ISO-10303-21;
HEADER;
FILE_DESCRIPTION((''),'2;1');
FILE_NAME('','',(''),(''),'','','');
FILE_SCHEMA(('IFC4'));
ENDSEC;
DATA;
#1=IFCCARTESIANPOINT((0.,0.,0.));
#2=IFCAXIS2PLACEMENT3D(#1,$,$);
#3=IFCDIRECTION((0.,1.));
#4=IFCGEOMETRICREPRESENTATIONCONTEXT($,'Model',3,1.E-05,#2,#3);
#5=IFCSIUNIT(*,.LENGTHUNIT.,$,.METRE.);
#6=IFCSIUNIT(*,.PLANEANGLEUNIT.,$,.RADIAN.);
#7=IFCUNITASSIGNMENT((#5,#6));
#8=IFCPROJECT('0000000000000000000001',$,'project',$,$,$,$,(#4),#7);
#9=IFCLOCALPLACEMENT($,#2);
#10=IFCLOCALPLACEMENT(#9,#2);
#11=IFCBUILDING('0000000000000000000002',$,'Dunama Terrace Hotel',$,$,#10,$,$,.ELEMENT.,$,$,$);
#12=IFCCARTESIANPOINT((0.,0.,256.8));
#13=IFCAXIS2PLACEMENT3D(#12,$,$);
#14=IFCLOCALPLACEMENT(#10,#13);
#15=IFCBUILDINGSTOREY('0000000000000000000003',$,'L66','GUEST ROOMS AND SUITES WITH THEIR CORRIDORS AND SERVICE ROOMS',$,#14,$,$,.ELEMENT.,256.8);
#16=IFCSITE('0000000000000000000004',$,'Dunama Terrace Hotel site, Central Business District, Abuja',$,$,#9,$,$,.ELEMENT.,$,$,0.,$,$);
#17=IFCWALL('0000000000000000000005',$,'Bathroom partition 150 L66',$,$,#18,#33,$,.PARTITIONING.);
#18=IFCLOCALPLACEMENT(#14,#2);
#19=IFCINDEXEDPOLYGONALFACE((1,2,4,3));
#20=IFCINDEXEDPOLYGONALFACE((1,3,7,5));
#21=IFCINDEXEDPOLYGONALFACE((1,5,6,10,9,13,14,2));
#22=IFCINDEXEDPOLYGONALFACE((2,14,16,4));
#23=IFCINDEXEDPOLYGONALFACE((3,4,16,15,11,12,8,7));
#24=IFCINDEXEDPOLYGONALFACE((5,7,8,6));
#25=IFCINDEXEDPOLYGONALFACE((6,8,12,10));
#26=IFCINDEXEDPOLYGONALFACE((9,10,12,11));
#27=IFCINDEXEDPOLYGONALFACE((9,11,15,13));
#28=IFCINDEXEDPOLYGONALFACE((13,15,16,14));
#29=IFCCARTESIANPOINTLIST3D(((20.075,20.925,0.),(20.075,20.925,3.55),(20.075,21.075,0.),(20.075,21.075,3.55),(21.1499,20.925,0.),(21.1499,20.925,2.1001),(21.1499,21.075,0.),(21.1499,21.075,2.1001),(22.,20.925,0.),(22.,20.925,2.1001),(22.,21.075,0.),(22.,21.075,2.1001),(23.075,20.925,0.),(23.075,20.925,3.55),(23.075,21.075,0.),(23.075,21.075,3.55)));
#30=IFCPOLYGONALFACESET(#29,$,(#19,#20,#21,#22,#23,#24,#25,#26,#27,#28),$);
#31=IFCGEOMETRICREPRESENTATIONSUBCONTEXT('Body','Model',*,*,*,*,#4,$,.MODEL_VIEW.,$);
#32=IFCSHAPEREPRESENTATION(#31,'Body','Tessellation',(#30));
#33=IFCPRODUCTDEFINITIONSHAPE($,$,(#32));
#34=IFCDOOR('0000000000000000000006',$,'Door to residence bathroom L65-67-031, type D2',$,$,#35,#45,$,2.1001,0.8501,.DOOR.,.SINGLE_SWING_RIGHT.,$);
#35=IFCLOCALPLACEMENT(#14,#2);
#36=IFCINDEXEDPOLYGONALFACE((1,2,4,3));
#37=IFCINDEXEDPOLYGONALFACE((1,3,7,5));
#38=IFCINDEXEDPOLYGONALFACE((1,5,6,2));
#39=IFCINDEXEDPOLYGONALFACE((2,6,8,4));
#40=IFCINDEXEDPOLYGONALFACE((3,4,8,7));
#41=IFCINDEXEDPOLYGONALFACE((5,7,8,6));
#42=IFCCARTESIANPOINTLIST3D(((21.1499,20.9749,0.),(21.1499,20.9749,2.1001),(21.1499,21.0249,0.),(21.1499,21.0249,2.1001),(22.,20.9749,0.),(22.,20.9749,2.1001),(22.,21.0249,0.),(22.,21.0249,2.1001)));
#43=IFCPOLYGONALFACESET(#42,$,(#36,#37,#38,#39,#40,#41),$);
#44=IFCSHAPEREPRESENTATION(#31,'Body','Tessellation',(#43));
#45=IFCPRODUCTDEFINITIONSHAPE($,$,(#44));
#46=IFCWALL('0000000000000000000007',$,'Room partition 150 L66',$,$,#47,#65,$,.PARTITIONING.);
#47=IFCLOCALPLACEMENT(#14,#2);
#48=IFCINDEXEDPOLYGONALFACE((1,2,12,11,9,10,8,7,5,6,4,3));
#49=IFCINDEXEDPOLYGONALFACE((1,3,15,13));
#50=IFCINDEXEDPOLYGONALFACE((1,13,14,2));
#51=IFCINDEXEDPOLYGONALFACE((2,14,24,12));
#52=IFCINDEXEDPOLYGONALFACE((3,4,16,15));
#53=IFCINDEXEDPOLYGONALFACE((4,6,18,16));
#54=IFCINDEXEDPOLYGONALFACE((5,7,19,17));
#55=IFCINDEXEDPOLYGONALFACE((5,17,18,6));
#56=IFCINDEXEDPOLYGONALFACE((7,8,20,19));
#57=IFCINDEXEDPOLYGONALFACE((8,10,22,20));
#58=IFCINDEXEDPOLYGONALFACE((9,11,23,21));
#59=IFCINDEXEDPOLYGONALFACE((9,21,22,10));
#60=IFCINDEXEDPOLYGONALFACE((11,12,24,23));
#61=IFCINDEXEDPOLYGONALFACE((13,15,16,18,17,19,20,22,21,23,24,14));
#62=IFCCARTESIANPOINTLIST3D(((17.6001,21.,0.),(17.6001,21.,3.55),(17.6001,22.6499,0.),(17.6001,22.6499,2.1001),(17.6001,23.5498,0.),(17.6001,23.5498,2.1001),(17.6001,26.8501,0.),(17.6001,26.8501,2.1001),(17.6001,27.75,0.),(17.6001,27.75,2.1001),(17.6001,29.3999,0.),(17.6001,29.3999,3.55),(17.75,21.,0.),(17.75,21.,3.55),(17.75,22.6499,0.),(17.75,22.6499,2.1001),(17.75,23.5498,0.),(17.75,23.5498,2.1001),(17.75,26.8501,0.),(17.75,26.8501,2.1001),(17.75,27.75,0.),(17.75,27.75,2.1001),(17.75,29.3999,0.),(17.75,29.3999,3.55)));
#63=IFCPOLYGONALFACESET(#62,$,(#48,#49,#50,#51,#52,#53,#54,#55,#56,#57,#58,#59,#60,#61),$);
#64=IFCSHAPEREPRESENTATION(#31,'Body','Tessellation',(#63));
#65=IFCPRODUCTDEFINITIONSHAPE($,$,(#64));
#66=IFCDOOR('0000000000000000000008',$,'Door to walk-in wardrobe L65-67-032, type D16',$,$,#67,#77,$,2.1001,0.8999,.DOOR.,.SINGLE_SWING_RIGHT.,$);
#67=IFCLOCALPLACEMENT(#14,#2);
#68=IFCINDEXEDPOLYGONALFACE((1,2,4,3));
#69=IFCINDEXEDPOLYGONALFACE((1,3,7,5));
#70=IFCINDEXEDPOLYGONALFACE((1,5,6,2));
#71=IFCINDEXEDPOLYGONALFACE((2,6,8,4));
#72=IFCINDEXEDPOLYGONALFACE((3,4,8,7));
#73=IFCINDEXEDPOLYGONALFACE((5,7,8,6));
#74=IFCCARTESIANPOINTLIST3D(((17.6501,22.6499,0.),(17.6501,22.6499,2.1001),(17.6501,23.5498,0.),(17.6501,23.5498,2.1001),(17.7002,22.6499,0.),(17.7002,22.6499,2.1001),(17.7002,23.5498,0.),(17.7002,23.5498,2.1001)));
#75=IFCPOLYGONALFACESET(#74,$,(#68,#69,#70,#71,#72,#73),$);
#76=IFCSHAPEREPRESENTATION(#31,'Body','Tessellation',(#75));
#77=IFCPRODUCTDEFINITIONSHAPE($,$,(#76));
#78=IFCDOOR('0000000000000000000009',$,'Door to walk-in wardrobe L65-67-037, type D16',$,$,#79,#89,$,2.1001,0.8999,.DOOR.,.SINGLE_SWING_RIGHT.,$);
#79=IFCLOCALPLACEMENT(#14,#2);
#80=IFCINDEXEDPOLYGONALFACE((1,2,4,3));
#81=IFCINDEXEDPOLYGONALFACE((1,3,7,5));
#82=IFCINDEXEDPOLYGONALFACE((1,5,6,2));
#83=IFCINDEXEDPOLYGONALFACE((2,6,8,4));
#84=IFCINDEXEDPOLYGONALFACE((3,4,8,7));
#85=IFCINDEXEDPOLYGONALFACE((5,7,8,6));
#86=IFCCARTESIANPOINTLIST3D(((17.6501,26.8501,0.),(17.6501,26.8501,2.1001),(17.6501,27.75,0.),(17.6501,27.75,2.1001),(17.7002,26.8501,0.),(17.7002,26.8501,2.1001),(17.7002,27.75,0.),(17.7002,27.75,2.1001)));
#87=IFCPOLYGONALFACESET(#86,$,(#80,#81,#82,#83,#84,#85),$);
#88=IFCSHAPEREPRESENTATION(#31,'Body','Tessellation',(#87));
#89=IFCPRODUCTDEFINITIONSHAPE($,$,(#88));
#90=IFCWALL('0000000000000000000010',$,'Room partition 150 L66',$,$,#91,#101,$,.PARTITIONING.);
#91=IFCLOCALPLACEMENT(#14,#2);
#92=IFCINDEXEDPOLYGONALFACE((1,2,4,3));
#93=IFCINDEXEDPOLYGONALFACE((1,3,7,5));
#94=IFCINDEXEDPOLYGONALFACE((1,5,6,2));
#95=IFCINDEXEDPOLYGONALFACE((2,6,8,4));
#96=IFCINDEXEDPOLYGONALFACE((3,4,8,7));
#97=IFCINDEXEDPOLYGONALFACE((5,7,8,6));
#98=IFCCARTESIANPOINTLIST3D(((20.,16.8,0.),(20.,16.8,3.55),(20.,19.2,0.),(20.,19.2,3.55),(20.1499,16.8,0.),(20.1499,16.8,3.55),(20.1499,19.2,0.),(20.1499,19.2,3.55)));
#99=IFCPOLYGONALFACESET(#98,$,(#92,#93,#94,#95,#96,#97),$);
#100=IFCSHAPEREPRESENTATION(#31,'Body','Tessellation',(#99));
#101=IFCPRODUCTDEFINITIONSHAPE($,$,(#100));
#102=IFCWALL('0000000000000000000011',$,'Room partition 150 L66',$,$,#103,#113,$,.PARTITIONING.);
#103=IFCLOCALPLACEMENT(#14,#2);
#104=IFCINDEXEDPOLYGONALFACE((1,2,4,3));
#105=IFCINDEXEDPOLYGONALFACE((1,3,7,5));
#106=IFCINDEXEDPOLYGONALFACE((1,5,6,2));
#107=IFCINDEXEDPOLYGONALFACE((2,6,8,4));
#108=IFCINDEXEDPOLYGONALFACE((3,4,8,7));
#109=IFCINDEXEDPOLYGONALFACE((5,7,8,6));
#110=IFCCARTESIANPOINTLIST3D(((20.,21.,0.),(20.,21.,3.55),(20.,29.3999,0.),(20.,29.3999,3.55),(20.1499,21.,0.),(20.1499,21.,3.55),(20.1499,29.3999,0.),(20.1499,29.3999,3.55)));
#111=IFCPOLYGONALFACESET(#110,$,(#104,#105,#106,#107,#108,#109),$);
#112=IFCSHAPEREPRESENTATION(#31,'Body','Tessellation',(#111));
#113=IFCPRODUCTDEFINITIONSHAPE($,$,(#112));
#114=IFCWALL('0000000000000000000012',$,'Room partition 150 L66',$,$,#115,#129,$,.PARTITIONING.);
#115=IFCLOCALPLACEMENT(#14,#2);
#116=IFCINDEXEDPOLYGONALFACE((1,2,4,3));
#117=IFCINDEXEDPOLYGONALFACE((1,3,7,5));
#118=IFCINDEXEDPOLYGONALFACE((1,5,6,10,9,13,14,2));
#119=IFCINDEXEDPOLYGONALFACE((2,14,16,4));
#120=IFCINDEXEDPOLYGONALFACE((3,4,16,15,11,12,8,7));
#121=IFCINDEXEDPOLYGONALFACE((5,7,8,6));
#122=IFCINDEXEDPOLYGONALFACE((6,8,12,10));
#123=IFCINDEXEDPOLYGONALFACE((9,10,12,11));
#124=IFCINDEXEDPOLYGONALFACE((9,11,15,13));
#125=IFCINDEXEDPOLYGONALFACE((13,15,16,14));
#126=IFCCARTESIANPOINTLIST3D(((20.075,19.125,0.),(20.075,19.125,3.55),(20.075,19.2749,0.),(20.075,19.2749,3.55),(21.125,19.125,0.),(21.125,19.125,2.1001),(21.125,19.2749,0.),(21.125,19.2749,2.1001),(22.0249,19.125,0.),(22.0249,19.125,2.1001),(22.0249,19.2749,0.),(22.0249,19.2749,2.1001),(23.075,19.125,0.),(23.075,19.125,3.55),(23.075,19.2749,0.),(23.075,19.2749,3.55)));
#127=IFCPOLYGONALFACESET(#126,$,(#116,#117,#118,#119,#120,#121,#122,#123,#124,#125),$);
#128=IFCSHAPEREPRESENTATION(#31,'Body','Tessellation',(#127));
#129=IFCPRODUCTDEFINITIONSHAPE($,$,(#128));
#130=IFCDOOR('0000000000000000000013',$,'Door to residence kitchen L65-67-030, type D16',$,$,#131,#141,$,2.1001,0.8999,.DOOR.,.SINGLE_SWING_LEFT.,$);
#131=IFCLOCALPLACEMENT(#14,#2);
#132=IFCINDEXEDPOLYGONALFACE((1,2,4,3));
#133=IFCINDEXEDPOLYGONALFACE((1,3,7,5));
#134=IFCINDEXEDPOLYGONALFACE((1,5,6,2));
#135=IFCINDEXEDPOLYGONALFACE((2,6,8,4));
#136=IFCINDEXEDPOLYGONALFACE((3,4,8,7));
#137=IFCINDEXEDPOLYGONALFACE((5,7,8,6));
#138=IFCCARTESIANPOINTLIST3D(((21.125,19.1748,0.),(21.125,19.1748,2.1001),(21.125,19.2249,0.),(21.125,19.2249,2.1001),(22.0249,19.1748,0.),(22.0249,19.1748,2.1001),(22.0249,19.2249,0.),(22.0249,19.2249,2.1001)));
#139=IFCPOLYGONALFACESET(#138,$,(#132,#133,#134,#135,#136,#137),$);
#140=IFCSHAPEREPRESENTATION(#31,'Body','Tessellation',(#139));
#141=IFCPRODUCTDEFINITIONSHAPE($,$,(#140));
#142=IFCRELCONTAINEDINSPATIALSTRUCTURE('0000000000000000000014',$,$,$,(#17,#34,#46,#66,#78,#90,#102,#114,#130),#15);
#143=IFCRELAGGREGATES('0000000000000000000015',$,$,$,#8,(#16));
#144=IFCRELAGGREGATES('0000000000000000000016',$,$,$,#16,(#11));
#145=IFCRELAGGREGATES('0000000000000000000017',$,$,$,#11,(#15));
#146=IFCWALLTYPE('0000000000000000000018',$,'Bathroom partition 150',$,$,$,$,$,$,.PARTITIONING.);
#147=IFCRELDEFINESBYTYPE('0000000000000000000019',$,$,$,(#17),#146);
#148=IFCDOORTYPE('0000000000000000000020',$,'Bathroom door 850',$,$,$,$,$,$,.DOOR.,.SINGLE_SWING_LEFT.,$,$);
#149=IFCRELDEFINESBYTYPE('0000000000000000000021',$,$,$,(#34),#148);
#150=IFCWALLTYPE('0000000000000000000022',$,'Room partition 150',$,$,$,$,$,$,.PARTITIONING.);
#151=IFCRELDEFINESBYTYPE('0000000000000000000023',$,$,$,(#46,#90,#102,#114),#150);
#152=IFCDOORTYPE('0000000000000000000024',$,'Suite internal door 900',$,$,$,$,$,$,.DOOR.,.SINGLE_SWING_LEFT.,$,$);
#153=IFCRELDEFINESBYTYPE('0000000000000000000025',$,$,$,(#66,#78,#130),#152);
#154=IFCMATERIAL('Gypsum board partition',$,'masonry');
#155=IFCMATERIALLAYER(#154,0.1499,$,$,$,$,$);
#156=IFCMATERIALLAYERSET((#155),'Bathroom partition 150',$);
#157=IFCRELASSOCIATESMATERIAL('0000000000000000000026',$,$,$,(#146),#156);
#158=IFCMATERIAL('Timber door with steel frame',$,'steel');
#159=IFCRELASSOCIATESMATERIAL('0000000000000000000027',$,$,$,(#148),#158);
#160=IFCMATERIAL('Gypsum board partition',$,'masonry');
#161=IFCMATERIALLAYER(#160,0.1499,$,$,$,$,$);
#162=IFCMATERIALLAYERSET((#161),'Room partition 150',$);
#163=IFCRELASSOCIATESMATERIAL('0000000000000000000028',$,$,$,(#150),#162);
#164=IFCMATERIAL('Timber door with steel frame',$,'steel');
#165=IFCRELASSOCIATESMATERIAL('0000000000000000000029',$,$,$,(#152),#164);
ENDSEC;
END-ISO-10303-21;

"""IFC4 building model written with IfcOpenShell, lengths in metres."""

from ifc_helpers import new_model, si_unit, direction, frame, frame_2d, origin, place, context, subcontext, project, spatial, rectangle, extrude, material, layer, layer_set, type_object, element, fill, save


model = new_model("IFC4")

# Units and contexts
model_context = context("Model", 3, precision=1e-05, world=origin(), true_north=direction((0.0, 1.0)))
body_context = subcontext(model_context, "Body", "Model", "MODEL_VIEW")
ifc_project = project(units=[si_unit("LENGTHUNIT", "METRE"), si_unit("PLANEANGLEUNIT", "RADIAN")], contexts=[model_context])

# Site, building, storey
site_placement = place(None, origin())
site = spatial("IfcSite", under=ifc_project, at=site_placement, Name="Dunama Terrace Hotel site, Central Business District, Abuja", CompositionType="ELEMENT", RefElevation=0.0)
building_placement = place(site_placement, origin())
building = spatial("IfcBuilding", under=site, at=building_placement, Name="Dunama Terrace Hotel", CompositionType="ELEMENT")
storey_placement = place(building_placement, frame((0.0, 0.0, 256.8)))
storey = spatial("IfcBuildingStorey", under=building, at=storey_placement, Name="L66", Description="GUEST ROOMS AND SUITES WITH THEIR CORRIDORS AND SERVICE ROOMS", CompositionType="ELEMENT", Elevation=256.8)

# Wall, opening, door
ifc_material_1 = material(Name="Gypsum board partition", Category="masonry")
ifc_layer_1 = layer(ifc_material_1, 0.1499)
ifc_layer_set_1 = layer_set([ifc_layer_1], Name="Bathroom partition 150")
wall_type_1 = type_object("IfcWallType", Name="Bathroom partition 150", PredefinedType="PARTITIONING", material=ifc_layer_set_1)
wall_1_placement = place(storey_placement, frame((20.075, 21.0, 0.0), z_axis=(0.0, 0.0, 1.0), x_axis=(1.0, 0.0, 0.0)))
wall_1 = element("IfcWall", 1, at=wall_1_placement, inside=storey, type_object=wall_type_1, Name="Bathroom partition 150 L66", PredefinedType="PARTITIONING", context=body_context, shape_type="SweptSolid", body=[
    extrude(rectangle(XDim=3.0, YDim=0.1499, at=frame_2d((1.5, 0.0))), origin(), (0.0, 0.0, 1.0), 3.55),
])
opening_1_placement = place(wall_1_placement, frame((1.075, 0.0, 0.0)))
opening_1 = element("IfcOpeningElement", 2, at=opening_1_placement, cuts=wall_1, PredefinedType="OPENING", context=body_context, shape_type="SweptSolid", body=[
    extrude(rectangle(XDim=0.8501, YDim=2.1001, at=frame_2d((0.425, 1.05))), frame((0.0, 0.085, 0.0), z_axis=(0.0, -1.0, 0.0), x_axis=(1.0, 0.0, 0.0)), (0.0, 0.0, 1.0), 0.1699),
])
ifc_material_2 = material(Name="Timber door with steel frame", Category="steel")
door_type_1 = type_object("IfcDoorType", Name="Bathroom door 850", OperationType="SINGLE_SWING_LEFT", PredefinedType="DOOR", material=ifc_material_2)
door_1_placement = place(opening_1_placement, origin())
door_1 = element("IfcDoor", 3, at=door_1_placement, inside=storey, type_object=door_type_1, Name="Door to residence bathroom L65-67-031, type D2", OperationType="SINGLE_SWING_RIGHT", OverallHeight=2.1001, OverallWidth=0.8501, PredefinedType="DOOR", context=body_context, shape_type="SweptSolid", body=[
    extrude(rectangle(XDim=0.8501, YDim=2.1001, at=frame_2d((0.425, 1.05))), frame((0.0, 0.0249, 0.0), z_axis=(0.0, -1.0, 0.0), x_axis=(1.0, 0.0, 0.0)), (0.0, 0.0, 1.0), 0.05),
])
fill(opening_1, door_1)

# Wall, openings, doors
ifc_material_3 = material(Name="Gypsum board partition", Category="masonry")
ifc_layer_2 = layer(ifc_material_3, 0.1499)
ifc_layer_set_2 = layer_set([ifc_layer_2], Name="Room partition 150")
wall_type_2 = type_object("IfcWallType", Name="Room partition 150", PredefinedType="PARTITIONING", material=ifc_layer_set_2)
wall_2_placement = place(storey_placement, frame((17.675, 21.0, 0.0), z_axis=(0.0, 0.0, 1.0), x_axis=(0.0, 1.0, 0.0)))
wall_2 = element("IfcWall", 4, at=wall_2_placement, inside=storey, type_object=wall_type_2, Name="Room partition 150 L66", PredefinedType="PARTITIONING", context=body_context, shape_type="SweptSolid", body=[
    extrude(rectangle(XDim=8.3999, YDim=0.1499, at=frame_2d((4.2, 0.0))), origin(), (0.0, 0.0, 1.0), 3.55),
])
opening_2_placement = place(wall_2_placement, frame((1.6499, 0.0, 0.0)))
opening_2 = element("IfcOpeningElement", 5, at=opening_2_placement, cuts=wall_2, PredefinedType="OPENING", context=body_context, shape_type="SweptSolid", body=[
    extrude(rectangle(XDim=0.8999, YDim=2.1001, at=frame_2d((0.45, 1.05))), frame((0.0, 0.085, 0.0), z_axis=(0.0, -1.0, 0.0), x_axis=(1.0, 0.0, 0.0)), (0.0, 0.0, 1.0), 0.1699),
])
opening_3_placement = place(wall_2_placement, frame((5.8501, 0.0, 0.0)))
opening_3 = element("IfcOpeningElement", 6, at=opening_3_placement, cuts=wall_2, PredefinedType="OPENING", context=body_context, shape_type="SweptSolid", body=[
    extrude(rectangle(XDim=0.8999, YDim=2.1001, at=frame_2d((0.45, 1.05))), frame((0.0, 0.085, 0.0), z_axis=(0.0, -1.0, 0.0), x_axis=(1.0, 0.0, 0.0)), (0.0, 0.0, 1.0), 0.1699),
])
ifc_material_4 = material(Name="Timber door with steel frame", Category="steel")
door_type_2 = type_object("IfcDoorType", Name="Suite internal door 900", OperationType="SINGLE_SWING_LEFT", PredefinedType="DOOR", material=ifc_material_4)
door_2_placement = place(opening_2_placement, frame((0.8999, 0.0, 0.0), z_axis=(0.0, 0.0, 1.0), x_axis=(-1.0, 0.0, 0.0)))
door_2 = element("IfcDoor", 7, at=door_2_placement, inside=storey, type_object=door_type_2, Name="Door to walk-in wardrobe L65-67-032, type D16", OperationType="SINGLE_SWING_RIGHT", OverallHeight=2.1001, OverallWidth=0.8999, PredefinedType="DOOR", context=body_context, shape_type="SweptSolid", body=[
    extrude(rectangle(XDim=0.8999, YDim=2.1001, at=frame_2d((0.45, 1.05))), frame((0.0, 0.0251, 0.0), z_axis=(0.0, -1.0, 0.0), x_axis=(1.0, 0.0, 0.0)), (0.0, 0.0, 1.0), 0.05),
])
fill(opening_2, door_2)
door_3_placement = place(opening_3_placement, frame((0.8999, 0.0, 0.0), z_axis=(0.0, 0.0, 1.0), x_axis=(-1.0, 0.0, 0.0)))
door_3 = element("IfcDoor", 8, at=door_3_placement, inside=storey, type_object=door_type_2, Name="Door to walk-in wardrobe L65-67-037, type D16", OperationType="SINGLE_SWING_RIGHT", OverallHeight=2.1001, OverallWidth=0.8999, PredefinedType="DOOR", context=body_context, shape_type="SweptSolid", body=[
    extrude(rectangle(XDim=0.8999, YDim=2.1001, at=frame_2d((0.45, 1.05))), frame((0.0, 0.0251, 0.0), z_axis=(0.0, -1.0, 0.0), x_axis=(1.0, 0.0, 0.0)), (0.0, 0.0, 1.0), 0.05),
])
fill(opening_3, door_3)

# Walls
wall_3_placement = place(storey_placement, frame((20.075, 16.8, 0.0), z_axis=(0.0, 0.0, 1.0), x_axis=(0.0, 1.0, 0.0)))
element("IfcWall", 9, at=wall_3_placement, inside=storey, type_object=wall_type_2, Name="Room partition 150 L66", PredefinedType="PARTITIONING", context=body_context, shape_type="SweptSolid", body=[
    extrude(rectangle(XDim=2.3999, YDim=0.1499, at=frame_2d((1.2, 0.0))), origin(), (0.0, 0.0, 1.0), 3.55),
])
wall_4_placement = place(storey_placement, frame((20.075, 21.0, 0.0), z_axis=(0.0, 0.0, 1.0), x_axis=(0.0, 1.0, 0.0)))
element("IfcWall", 10, at=wall_4_placement, inside=storey, type_object=wall_type_2, Name="Room partition 150 L66", PredefinedType="PARTITIONING", context=body_context, shape_type="SweptSolid", body=[
    extrude(rectangle(XDim=8.3999, YDim=0.1499, at=frame_2d((4.2, 0.0))), origin(), (0.0, 0.0, 1.0), 3.55),
])

# Wall, opening, door
wall_5_placement = place(storey_placement, frame((20.075, 19.2, 0.0), z_axis=(0.0, 0.0, 1.0), x_axis=(1.0, 0.0, 0.0)))
wall_5 = element("IfcWall", 11, at=wall_5_placement, inside=storey, type_object=wall_type_2, Name="Room partition 150 L66", PredefinedType="PARTITIONING", context=body_context, shape_type="SweptSolid", body=[
    extrude(rectangle(XDim=3.0, YDim=0.1499, at=frame_2d((1.5, 0.0))), origin(), (0.0, 0.0, 1.0), 3.55),
])
opening_4_placement = place(wall_5_placement, frame((1.05, 0.0, 0.0)))
opening_4 = element("IfcOpeningElement", 12, at=opening_4_placement, cuts=wall_5, PredefinedType="OPENING", context=body_context, shape_type="SweptSolid", body=[
    extrude(rectangle(XDim=0.8999, YDim=2.1001, at=frame_2d((0.45, 1.05))), frame((0.0, 0.085, 0.0), z_axis=(0.0, -1.0, 0.0), x_axis=(1.0, 0.0, 0.0)), (0.0, 0.0, 1.0), 0.1699),
])
door_4_placement = place(opening_4_placement, frame((0.8999, 0.0, 0.0), z_axis=(0.0, 0.0, 1.0), x_axis=(-1.0, 0.0, 0.0)))
door_4 = element("IfcDoor", 13, at=door_4_placement, inside=storey, type_object=door_type_2, Name="Door to residence kitchen L65-67-030, type D16", OperationType="SINGLE_SWING_LEFT", OverallHeight=2.1001, OverallWidth=0.8999, PredefinedType="DOOR", context=body_context, shape_type="SweptSolid", body=[
    extrude(rectangle(XDim=0.8999, YDim=2.1001, at=frame_2d((0.45, 1.05))), frame((0.0, 0.0251, 0.0), z_axis=(0.0, -1.0, 0.0), x_axis=(1.0, 0.0, 0.0)), (0.0, 0.0, 1.0), 0.05),
])
fill(opening_4, door_4)

save(model, "model.ifc")
